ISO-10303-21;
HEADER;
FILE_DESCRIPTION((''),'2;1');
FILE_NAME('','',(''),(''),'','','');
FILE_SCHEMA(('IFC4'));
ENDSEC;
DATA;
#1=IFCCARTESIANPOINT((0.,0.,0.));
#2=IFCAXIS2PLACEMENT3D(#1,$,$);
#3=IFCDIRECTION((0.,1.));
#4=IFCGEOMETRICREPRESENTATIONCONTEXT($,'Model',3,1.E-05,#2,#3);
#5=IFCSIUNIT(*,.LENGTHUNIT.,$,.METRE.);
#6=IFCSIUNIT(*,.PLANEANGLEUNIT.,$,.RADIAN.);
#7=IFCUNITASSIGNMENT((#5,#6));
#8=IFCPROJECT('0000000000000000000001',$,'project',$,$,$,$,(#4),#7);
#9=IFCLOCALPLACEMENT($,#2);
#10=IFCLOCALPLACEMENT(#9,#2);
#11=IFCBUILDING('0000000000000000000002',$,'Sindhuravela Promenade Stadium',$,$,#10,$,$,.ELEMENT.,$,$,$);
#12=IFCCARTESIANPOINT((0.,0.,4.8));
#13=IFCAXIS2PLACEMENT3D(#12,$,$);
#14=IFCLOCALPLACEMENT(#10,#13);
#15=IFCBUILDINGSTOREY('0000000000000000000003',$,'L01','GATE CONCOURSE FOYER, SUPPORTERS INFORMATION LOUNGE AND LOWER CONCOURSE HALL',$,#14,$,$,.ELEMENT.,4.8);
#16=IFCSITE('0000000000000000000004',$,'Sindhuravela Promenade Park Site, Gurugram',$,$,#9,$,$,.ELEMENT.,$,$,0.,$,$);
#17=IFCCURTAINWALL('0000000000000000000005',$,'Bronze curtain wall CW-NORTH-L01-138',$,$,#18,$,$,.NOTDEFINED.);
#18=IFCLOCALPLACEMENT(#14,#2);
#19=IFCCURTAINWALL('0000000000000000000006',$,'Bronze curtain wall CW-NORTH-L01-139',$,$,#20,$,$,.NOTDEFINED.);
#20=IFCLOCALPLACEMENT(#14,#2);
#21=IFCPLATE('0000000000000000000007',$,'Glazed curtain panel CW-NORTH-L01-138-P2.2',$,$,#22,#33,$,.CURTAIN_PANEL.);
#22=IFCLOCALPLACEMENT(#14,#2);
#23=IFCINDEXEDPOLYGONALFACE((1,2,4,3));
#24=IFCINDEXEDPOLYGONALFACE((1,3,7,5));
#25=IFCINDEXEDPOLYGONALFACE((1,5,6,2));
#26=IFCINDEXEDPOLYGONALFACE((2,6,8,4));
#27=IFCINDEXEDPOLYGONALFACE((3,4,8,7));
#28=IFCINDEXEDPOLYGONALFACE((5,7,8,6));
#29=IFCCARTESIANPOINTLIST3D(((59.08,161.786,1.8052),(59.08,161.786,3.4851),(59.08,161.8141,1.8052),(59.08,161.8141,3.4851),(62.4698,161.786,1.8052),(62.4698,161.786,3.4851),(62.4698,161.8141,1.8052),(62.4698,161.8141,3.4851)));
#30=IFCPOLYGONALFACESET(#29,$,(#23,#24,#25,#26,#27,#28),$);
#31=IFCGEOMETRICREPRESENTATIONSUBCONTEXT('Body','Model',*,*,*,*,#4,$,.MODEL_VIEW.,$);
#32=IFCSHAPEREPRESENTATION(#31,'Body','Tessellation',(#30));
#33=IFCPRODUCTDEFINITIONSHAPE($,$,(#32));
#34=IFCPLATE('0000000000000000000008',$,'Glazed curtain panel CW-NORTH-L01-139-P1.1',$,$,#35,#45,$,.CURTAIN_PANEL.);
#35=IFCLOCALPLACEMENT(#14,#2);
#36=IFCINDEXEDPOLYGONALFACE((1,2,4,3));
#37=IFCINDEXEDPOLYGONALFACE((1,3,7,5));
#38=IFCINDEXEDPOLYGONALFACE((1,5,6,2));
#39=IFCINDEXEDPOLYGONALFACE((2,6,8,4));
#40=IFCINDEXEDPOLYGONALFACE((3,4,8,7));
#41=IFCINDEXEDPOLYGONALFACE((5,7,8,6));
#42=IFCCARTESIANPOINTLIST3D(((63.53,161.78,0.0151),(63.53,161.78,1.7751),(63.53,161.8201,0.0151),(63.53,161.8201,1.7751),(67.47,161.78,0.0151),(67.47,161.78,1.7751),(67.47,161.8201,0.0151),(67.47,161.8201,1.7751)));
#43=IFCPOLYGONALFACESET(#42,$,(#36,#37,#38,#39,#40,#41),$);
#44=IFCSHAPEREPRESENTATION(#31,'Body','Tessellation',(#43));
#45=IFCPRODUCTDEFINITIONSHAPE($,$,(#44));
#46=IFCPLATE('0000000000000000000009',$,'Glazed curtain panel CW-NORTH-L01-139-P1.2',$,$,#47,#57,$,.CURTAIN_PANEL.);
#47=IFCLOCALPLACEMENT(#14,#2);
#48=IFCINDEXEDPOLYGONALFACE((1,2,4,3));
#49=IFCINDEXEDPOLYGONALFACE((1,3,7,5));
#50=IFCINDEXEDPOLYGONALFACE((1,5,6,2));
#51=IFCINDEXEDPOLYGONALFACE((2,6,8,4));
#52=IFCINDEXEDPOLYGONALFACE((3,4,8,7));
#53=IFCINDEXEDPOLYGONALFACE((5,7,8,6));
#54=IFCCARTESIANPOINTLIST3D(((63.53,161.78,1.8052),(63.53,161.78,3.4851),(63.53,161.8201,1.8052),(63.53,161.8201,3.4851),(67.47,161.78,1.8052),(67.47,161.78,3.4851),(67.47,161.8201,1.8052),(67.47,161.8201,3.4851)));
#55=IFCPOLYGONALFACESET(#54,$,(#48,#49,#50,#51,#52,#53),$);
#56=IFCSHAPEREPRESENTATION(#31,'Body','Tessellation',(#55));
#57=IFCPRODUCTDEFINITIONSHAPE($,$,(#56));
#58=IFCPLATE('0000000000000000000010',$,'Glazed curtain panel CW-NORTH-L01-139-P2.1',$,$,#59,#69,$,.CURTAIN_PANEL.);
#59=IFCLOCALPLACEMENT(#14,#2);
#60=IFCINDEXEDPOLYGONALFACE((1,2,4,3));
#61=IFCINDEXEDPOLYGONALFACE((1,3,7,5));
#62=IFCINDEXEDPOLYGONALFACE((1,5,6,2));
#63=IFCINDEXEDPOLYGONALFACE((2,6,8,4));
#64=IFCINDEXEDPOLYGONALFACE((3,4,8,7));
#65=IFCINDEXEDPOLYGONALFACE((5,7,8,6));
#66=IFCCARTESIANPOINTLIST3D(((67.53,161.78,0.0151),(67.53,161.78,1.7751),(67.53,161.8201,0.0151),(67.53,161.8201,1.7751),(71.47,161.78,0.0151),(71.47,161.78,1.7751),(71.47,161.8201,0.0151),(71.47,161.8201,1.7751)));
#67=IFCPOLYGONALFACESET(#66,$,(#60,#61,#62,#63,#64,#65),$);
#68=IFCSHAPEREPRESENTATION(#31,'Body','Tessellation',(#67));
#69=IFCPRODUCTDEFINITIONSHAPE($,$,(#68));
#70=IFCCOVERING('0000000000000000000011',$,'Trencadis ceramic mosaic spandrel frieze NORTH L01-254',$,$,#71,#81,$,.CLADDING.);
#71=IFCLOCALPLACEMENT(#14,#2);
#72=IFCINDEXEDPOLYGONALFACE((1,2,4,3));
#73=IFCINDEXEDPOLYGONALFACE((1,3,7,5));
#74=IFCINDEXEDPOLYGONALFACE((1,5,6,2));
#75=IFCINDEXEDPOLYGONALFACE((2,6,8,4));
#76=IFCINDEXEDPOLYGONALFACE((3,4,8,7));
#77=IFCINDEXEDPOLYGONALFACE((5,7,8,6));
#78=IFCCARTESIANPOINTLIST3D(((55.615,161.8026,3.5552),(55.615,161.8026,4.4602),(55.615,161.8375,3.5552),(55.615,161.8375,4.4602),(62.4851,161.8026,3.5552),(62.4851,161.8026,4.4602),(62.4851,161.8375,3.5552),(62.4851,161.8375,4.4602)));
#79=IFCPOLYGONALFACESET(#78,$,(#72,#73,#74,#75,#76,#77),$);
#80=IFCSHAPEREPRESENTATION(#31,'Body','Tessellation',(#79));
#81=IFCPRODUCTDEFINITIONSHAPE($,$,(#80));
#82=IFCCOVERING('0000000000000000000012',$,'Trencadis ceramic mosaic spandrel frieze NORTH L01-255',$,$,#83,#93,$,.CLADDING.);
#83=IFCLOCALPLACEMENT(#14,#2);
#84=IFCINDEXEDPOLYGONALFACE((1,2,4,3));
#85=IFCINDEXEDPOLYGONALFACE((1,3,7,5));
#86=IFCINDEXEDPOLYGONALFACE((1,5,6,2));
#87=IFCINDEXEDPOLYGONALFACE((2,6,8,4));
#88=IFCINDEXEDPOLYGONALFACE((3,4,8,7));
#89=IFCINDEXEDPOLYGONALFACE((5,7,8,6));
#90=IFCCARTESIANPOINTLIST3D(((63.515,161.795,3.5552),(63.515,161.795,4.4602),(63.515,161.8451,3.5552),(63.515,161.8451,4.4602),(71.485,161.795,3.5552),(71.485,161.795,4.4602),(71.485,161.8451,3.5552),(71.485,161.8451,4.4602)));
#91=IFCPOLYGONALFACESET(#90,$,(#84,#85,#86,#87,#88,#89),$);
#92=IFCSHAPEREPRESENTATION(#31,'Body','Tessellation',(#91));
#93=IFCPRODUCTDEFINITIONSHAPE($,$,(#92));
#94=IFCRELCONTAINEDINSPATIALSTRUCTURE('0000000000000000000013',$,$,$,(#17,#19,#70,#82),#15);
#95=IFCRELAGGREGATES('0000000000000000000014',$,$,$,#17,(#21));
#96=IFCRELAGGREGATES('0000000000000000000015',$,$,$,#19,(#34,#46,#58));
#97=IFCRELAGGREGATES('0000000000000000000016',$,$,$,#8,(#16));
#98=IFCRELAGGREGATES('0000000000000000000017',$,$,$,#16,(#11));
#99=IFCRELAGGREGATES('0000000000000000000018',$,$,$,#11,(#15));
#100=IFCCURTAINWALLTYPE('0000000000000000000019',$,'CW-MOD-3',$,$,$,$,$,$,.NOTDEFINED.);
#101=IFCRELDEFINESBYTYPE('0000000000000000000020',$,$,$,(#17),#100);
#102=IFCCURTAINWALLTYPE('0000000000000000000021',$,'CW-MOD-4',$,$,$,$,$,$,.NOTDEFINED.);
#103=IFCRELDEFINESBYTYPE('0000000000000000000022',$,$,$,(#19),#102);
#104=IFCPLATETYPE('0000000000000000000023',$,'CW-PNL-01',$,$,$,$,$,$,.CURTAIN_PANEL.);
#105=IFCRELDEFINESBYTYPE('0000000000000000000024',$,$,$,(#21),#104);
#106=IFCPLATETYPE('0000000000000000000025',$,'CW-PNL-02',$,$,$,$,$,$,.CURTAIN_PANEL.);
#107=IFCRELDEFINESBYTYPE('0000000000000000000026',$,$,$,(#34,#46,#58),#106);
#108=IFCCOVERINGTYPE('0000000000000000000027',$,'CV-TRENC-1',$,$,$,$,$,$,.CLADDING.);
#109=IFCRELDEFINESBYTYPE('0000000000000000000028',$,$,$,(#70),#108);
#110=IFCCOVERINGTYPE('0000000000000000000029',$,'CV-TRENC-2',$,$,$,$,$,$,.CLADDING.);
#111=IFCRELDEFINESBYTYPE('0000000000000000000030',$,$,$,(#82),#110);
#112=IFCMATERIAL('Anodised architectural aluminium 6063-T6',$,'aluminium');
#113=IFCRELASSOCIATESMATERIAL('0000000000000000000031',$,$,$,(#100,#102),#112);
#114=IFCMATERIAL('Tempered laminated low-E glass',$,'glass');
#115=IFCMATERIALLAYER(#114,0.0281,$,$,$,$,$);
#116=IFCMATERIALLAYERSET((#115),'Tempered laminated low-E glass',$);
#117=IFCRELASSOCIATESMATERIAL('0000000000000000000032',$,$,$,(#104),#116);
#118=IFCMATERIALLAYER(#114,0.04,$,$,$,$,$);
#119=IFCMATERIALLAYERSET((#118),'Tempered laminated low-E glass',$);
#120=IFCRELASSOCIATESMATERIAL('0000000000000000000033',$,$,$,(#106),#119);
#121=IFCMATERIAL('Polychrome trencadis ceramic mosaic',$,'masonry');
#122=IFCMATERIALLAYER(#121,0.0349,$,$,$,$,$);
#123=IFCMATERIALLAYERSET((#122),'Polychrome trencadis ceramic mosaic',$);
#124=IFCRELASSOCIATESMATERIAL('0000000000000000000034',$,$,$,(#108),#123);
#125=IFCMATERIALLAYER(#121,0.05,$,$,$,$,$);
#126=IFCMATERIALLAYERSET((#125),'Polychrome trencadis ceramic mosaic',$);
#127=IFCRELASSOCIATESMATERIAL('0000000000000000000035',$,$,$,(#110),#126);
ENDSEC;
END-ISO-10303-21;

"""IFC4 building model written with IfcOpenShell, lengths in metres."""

from ifc_helpers import new_model, si_unit, direction, frame, origin, origin_2d, place, context, subcontext, project, spatial, rectangle, extrude, material, layer, layer_set, type_object, element, aggregate, save


model = new_model("IFC4")

# Units and contexts
model_context = context("Model", 3, precision=1e-05, world=origin(), true_north=direction((0.0, 1.0)))
body_context = subcontext(model_context, "Body", "Model", "MODEL_VIEW")
ifc_project = project(units=[si_unit("LENGTHUNIT", "METRE"), si_unit("PLANEANGLEUNIT", "RADIAN")], contexts=[model_context])

# Site, building, storey
site_placement = place(None, origin())
site = spatial("IfcSite", under=ifc_project, at=site_placement, Name="Sindhuravela Promenade Park Site, Gurugram", CompositionType="ELEMENT", RefElevation=0.0)
building_placement = place(site_placement, origin())
building = spatial("IfcBuilding", under=site, at=building_placement, Name="Sindhuravela Promenade Stadium", CompositionType="ELEMENT")
storey_placement = place(building_placement, frame((0.0, 0.0, 4.8)))
storey = spatial("IfcBuildingStorey", under=building, at=storey_placement, Name="L01", Description="GATE CONCOURSE FOYER, SUPPORTERS INFORMATION LOUNGE AND LOWER CONCOURSE HALL", CompositionType="ELEMENT", Elevation=4.8)

# Curtain walls
ifc_material_1 = material(Name="Anodised architectural aluminium 6063-T6", Category="aluminium")
curtain_wall_type_1 = type_object("IfcCurtainWallType", Name="CW-MOD-3", PredefinedType="NOTDEFINED", material=ifc_material_1)
curtain_wall_1_placement = place(storey_placement, origin())
curtain_wall_1 = element("IfcCurtainWall", 1, at=curtain_wall_1_placement, inside=storey, type_object=curtain_wall_type_1, Name="Bronze curtain wall CW-NORTH-L01-138", PredefinedType="NOTDEFINED")
curtain_wall_type_2 = type_object("IfcCurtainWallType", Name="CW-MOD-4", PredefinedType="NOTDEFINED", material=ifc_material_1)
curtain_wall_2_placement = place(storey_placement, origin())
curtain_wall_2 = element("IfcCurtainWall", 2, at=curtain_wall_2_placement, inside=storey, type_object=curtain_wall_type_2, Name="Bronze curtain wall CW-NORTH-L01-139", PredefinedType="NOTDEFINED")

# Plates
ifc_material_2 = material(Name="Tempered laminated low-E glass", Category="glass")
ifc_layer_1 = layer(ifc_material_2, 0.0281)
ifc_layer_set_1 = layer_set([ifc_layer_1], Name="Tempered laminated low-E glass")
plate_type_1 = type_object("IfcPlateType", Name="CW-PNL-01", PredefinedType="CURTAIN_PANEL", material=ifc_layer_set_1)
plate_1_placement = place(storey_placement, frame((60.7749, 161.8, 1.8052), z_axis=(0.0, 0.0, 1.0), x_axis=(1.0, 0.0, 0.0)))
plate_1 = element("IfcPlate", 3, at=plate_1_placement, type_object=plate_type_1, Name="Glazed curtain panel CW-NORTH-L01-138-P2.2", PredefinedType="CURTAIN_PANEL", context=body_context, shape_type="SweptSolid", body=[
    extrude(rectangle(XDim=3.3899, YDim=0.0281, at=origin_2d()), origin(), (0.0, 0.0, 1.0), 1.6799),
])
aggregate(curtain_wall_1, [plate_1])
ifc_layer_2 = layer(ifc_material_2, 0.04)
ifc_layer_set_2 = layer_set([ifc_layer_2], Name="Tempered laminated low-E glass")
plate_type_2 = type_object("IfcPlateType", Name="CW-PNL-02", PredefinedType="CURTAIN_PANEL", material=ifc_layer_set_2)
plate_2_placement = place(storey_placement, frame((65.5, 161.8, 0.0151), z_axis=(0.0, 0.0, 1.0), x_axis=(1.0, 0.0, 0.0)))
plate_2 = element("IfcPlate", 4, at=plate_2_placement, type_object=plate_type_2, Name="Glazed curtain panel CW-NORTH-L01-139-P1.1", PredefinedType="CURTAIN_PANEL", context=body_context, shape_type="SweptSolid", body=[
    extrude(rectangle(XDim=3.9399, YDim=0.04, at=origin_2d()), origin(), (0.0, 0.0, 1.0), 1.76),
])
plate_3_placement = place(storey_placement, frame((65.5, 161.8, 1.8052), z_axis=(0.0, 0.0, 1.0), x_axis=(1.0, 0.0, 0.0)))
plate_3 = element("IfcPlate", 5, at=plate_3_placement, type_object=plate_type_2, Name="Glazed curtain panel CW-NORTH-L01-139-P1.2", PredefinedType="CURTAIN_PANEL", context=body_context, shape_type="SweptSolid", body=[
    extrude(rectangle(XDim=3.9399, YDim=0.04, at=origin_2d()), origin(), (0.0, 0.0, 1.0), 1.6799),
])
plate_4_placement = place(storey_placement, frame((69.5, 161.8, 0.0151), z_axis=(0.0, 0.0, 1.0), x_axis=(1.0, 0.0, 0.0)))
plate_4 = element("IfcPlate", 6, at=plate_4_placement, type_object=plate_type_2, Name="Glazed curtain panel CW-NORTH-L01-139-P2.1", PredefinedType="CURTAIN_PANEL", context=body_context, shape_type="SweptSolid", body=[
    extrude(rectangle(XDim=3.9399, YDim=0.04, at=origin_2d()), origin(), (0.0, 0.0, 1.0), 1.76),
])
aggregate(curtain_wall_2, [plate_2, plate_3, plate_4])

# Coverings
ifc_material_3 = material(Name="Polychrome trencadis ceramic mosaic", Category="masonry")
ifc_layer_3 = layer(ifc_material_3, 0.0349)
ifc_layer_set_3 = layer_set([ifc_layer_3], Name="Polychrome trencadis ceramic mosaic")
covering_type_1 = type_object("IfcCoveringType", Name="CV-TRENC-1", PredefinedType="CLADDING", material=ifc_layer_set_3)
covering_1_placement = place(storey_placement, frame((59.05, 161.8201, 3.5552), z_axis=(0.0, 0.0, 1.0), x_axis=(1.0, 0.0, 0.0)))
element("IfcCovering", 7, at=covering_1_placement, inside=storey, type_object=covering_type_1, Name="Trencadis ceramic mosaic spandrel frieze NORTH L01-254", PredefinedType="CLADDING", context=body_context, shape_type="SweptSolid", body=[
    extrude(rectangle(XDim=6.8701, YDim=0.0349, at=origin_2d()), origin(), (0.0, 0.0, 1.0), 0.905),
])
ifc_layer_4 = layer(ifc_material_3, 0.05)
ifc_layer_set_4 = layer_set([ifc_layer_4], Name="Polychrome trencadis ceramic mosaic")
covering_type_2 = type_object("IfcCoveringType", Name="CV-TRENC-2", PredefinedType="CLADDING", material=ifc_layer_set_4)
covering_2_placement = place(storey_placement, frame((67.5, 161.8201, 3.5552), z_axis=(0.0, 0.0, 1.0), x_axis=(1.0, 0.0, 0.0)))
element("IfcCovering", 8, at=covering_2_placement, inside=storey, type_object=covering_type_2, Name="Trencadis ceramic mosaic spandrel frieze NORTH L01-255", PredefinedType="CLADDING", context=body_context, shape_type="SweptSolid", body=[
    extrude(rectangle(XDim=7.97, YDim=0.05, at=origin_2d()), origin(), (0.0, 0.0, 1.0), 0.905),
])

save(model, "model.ifc")
